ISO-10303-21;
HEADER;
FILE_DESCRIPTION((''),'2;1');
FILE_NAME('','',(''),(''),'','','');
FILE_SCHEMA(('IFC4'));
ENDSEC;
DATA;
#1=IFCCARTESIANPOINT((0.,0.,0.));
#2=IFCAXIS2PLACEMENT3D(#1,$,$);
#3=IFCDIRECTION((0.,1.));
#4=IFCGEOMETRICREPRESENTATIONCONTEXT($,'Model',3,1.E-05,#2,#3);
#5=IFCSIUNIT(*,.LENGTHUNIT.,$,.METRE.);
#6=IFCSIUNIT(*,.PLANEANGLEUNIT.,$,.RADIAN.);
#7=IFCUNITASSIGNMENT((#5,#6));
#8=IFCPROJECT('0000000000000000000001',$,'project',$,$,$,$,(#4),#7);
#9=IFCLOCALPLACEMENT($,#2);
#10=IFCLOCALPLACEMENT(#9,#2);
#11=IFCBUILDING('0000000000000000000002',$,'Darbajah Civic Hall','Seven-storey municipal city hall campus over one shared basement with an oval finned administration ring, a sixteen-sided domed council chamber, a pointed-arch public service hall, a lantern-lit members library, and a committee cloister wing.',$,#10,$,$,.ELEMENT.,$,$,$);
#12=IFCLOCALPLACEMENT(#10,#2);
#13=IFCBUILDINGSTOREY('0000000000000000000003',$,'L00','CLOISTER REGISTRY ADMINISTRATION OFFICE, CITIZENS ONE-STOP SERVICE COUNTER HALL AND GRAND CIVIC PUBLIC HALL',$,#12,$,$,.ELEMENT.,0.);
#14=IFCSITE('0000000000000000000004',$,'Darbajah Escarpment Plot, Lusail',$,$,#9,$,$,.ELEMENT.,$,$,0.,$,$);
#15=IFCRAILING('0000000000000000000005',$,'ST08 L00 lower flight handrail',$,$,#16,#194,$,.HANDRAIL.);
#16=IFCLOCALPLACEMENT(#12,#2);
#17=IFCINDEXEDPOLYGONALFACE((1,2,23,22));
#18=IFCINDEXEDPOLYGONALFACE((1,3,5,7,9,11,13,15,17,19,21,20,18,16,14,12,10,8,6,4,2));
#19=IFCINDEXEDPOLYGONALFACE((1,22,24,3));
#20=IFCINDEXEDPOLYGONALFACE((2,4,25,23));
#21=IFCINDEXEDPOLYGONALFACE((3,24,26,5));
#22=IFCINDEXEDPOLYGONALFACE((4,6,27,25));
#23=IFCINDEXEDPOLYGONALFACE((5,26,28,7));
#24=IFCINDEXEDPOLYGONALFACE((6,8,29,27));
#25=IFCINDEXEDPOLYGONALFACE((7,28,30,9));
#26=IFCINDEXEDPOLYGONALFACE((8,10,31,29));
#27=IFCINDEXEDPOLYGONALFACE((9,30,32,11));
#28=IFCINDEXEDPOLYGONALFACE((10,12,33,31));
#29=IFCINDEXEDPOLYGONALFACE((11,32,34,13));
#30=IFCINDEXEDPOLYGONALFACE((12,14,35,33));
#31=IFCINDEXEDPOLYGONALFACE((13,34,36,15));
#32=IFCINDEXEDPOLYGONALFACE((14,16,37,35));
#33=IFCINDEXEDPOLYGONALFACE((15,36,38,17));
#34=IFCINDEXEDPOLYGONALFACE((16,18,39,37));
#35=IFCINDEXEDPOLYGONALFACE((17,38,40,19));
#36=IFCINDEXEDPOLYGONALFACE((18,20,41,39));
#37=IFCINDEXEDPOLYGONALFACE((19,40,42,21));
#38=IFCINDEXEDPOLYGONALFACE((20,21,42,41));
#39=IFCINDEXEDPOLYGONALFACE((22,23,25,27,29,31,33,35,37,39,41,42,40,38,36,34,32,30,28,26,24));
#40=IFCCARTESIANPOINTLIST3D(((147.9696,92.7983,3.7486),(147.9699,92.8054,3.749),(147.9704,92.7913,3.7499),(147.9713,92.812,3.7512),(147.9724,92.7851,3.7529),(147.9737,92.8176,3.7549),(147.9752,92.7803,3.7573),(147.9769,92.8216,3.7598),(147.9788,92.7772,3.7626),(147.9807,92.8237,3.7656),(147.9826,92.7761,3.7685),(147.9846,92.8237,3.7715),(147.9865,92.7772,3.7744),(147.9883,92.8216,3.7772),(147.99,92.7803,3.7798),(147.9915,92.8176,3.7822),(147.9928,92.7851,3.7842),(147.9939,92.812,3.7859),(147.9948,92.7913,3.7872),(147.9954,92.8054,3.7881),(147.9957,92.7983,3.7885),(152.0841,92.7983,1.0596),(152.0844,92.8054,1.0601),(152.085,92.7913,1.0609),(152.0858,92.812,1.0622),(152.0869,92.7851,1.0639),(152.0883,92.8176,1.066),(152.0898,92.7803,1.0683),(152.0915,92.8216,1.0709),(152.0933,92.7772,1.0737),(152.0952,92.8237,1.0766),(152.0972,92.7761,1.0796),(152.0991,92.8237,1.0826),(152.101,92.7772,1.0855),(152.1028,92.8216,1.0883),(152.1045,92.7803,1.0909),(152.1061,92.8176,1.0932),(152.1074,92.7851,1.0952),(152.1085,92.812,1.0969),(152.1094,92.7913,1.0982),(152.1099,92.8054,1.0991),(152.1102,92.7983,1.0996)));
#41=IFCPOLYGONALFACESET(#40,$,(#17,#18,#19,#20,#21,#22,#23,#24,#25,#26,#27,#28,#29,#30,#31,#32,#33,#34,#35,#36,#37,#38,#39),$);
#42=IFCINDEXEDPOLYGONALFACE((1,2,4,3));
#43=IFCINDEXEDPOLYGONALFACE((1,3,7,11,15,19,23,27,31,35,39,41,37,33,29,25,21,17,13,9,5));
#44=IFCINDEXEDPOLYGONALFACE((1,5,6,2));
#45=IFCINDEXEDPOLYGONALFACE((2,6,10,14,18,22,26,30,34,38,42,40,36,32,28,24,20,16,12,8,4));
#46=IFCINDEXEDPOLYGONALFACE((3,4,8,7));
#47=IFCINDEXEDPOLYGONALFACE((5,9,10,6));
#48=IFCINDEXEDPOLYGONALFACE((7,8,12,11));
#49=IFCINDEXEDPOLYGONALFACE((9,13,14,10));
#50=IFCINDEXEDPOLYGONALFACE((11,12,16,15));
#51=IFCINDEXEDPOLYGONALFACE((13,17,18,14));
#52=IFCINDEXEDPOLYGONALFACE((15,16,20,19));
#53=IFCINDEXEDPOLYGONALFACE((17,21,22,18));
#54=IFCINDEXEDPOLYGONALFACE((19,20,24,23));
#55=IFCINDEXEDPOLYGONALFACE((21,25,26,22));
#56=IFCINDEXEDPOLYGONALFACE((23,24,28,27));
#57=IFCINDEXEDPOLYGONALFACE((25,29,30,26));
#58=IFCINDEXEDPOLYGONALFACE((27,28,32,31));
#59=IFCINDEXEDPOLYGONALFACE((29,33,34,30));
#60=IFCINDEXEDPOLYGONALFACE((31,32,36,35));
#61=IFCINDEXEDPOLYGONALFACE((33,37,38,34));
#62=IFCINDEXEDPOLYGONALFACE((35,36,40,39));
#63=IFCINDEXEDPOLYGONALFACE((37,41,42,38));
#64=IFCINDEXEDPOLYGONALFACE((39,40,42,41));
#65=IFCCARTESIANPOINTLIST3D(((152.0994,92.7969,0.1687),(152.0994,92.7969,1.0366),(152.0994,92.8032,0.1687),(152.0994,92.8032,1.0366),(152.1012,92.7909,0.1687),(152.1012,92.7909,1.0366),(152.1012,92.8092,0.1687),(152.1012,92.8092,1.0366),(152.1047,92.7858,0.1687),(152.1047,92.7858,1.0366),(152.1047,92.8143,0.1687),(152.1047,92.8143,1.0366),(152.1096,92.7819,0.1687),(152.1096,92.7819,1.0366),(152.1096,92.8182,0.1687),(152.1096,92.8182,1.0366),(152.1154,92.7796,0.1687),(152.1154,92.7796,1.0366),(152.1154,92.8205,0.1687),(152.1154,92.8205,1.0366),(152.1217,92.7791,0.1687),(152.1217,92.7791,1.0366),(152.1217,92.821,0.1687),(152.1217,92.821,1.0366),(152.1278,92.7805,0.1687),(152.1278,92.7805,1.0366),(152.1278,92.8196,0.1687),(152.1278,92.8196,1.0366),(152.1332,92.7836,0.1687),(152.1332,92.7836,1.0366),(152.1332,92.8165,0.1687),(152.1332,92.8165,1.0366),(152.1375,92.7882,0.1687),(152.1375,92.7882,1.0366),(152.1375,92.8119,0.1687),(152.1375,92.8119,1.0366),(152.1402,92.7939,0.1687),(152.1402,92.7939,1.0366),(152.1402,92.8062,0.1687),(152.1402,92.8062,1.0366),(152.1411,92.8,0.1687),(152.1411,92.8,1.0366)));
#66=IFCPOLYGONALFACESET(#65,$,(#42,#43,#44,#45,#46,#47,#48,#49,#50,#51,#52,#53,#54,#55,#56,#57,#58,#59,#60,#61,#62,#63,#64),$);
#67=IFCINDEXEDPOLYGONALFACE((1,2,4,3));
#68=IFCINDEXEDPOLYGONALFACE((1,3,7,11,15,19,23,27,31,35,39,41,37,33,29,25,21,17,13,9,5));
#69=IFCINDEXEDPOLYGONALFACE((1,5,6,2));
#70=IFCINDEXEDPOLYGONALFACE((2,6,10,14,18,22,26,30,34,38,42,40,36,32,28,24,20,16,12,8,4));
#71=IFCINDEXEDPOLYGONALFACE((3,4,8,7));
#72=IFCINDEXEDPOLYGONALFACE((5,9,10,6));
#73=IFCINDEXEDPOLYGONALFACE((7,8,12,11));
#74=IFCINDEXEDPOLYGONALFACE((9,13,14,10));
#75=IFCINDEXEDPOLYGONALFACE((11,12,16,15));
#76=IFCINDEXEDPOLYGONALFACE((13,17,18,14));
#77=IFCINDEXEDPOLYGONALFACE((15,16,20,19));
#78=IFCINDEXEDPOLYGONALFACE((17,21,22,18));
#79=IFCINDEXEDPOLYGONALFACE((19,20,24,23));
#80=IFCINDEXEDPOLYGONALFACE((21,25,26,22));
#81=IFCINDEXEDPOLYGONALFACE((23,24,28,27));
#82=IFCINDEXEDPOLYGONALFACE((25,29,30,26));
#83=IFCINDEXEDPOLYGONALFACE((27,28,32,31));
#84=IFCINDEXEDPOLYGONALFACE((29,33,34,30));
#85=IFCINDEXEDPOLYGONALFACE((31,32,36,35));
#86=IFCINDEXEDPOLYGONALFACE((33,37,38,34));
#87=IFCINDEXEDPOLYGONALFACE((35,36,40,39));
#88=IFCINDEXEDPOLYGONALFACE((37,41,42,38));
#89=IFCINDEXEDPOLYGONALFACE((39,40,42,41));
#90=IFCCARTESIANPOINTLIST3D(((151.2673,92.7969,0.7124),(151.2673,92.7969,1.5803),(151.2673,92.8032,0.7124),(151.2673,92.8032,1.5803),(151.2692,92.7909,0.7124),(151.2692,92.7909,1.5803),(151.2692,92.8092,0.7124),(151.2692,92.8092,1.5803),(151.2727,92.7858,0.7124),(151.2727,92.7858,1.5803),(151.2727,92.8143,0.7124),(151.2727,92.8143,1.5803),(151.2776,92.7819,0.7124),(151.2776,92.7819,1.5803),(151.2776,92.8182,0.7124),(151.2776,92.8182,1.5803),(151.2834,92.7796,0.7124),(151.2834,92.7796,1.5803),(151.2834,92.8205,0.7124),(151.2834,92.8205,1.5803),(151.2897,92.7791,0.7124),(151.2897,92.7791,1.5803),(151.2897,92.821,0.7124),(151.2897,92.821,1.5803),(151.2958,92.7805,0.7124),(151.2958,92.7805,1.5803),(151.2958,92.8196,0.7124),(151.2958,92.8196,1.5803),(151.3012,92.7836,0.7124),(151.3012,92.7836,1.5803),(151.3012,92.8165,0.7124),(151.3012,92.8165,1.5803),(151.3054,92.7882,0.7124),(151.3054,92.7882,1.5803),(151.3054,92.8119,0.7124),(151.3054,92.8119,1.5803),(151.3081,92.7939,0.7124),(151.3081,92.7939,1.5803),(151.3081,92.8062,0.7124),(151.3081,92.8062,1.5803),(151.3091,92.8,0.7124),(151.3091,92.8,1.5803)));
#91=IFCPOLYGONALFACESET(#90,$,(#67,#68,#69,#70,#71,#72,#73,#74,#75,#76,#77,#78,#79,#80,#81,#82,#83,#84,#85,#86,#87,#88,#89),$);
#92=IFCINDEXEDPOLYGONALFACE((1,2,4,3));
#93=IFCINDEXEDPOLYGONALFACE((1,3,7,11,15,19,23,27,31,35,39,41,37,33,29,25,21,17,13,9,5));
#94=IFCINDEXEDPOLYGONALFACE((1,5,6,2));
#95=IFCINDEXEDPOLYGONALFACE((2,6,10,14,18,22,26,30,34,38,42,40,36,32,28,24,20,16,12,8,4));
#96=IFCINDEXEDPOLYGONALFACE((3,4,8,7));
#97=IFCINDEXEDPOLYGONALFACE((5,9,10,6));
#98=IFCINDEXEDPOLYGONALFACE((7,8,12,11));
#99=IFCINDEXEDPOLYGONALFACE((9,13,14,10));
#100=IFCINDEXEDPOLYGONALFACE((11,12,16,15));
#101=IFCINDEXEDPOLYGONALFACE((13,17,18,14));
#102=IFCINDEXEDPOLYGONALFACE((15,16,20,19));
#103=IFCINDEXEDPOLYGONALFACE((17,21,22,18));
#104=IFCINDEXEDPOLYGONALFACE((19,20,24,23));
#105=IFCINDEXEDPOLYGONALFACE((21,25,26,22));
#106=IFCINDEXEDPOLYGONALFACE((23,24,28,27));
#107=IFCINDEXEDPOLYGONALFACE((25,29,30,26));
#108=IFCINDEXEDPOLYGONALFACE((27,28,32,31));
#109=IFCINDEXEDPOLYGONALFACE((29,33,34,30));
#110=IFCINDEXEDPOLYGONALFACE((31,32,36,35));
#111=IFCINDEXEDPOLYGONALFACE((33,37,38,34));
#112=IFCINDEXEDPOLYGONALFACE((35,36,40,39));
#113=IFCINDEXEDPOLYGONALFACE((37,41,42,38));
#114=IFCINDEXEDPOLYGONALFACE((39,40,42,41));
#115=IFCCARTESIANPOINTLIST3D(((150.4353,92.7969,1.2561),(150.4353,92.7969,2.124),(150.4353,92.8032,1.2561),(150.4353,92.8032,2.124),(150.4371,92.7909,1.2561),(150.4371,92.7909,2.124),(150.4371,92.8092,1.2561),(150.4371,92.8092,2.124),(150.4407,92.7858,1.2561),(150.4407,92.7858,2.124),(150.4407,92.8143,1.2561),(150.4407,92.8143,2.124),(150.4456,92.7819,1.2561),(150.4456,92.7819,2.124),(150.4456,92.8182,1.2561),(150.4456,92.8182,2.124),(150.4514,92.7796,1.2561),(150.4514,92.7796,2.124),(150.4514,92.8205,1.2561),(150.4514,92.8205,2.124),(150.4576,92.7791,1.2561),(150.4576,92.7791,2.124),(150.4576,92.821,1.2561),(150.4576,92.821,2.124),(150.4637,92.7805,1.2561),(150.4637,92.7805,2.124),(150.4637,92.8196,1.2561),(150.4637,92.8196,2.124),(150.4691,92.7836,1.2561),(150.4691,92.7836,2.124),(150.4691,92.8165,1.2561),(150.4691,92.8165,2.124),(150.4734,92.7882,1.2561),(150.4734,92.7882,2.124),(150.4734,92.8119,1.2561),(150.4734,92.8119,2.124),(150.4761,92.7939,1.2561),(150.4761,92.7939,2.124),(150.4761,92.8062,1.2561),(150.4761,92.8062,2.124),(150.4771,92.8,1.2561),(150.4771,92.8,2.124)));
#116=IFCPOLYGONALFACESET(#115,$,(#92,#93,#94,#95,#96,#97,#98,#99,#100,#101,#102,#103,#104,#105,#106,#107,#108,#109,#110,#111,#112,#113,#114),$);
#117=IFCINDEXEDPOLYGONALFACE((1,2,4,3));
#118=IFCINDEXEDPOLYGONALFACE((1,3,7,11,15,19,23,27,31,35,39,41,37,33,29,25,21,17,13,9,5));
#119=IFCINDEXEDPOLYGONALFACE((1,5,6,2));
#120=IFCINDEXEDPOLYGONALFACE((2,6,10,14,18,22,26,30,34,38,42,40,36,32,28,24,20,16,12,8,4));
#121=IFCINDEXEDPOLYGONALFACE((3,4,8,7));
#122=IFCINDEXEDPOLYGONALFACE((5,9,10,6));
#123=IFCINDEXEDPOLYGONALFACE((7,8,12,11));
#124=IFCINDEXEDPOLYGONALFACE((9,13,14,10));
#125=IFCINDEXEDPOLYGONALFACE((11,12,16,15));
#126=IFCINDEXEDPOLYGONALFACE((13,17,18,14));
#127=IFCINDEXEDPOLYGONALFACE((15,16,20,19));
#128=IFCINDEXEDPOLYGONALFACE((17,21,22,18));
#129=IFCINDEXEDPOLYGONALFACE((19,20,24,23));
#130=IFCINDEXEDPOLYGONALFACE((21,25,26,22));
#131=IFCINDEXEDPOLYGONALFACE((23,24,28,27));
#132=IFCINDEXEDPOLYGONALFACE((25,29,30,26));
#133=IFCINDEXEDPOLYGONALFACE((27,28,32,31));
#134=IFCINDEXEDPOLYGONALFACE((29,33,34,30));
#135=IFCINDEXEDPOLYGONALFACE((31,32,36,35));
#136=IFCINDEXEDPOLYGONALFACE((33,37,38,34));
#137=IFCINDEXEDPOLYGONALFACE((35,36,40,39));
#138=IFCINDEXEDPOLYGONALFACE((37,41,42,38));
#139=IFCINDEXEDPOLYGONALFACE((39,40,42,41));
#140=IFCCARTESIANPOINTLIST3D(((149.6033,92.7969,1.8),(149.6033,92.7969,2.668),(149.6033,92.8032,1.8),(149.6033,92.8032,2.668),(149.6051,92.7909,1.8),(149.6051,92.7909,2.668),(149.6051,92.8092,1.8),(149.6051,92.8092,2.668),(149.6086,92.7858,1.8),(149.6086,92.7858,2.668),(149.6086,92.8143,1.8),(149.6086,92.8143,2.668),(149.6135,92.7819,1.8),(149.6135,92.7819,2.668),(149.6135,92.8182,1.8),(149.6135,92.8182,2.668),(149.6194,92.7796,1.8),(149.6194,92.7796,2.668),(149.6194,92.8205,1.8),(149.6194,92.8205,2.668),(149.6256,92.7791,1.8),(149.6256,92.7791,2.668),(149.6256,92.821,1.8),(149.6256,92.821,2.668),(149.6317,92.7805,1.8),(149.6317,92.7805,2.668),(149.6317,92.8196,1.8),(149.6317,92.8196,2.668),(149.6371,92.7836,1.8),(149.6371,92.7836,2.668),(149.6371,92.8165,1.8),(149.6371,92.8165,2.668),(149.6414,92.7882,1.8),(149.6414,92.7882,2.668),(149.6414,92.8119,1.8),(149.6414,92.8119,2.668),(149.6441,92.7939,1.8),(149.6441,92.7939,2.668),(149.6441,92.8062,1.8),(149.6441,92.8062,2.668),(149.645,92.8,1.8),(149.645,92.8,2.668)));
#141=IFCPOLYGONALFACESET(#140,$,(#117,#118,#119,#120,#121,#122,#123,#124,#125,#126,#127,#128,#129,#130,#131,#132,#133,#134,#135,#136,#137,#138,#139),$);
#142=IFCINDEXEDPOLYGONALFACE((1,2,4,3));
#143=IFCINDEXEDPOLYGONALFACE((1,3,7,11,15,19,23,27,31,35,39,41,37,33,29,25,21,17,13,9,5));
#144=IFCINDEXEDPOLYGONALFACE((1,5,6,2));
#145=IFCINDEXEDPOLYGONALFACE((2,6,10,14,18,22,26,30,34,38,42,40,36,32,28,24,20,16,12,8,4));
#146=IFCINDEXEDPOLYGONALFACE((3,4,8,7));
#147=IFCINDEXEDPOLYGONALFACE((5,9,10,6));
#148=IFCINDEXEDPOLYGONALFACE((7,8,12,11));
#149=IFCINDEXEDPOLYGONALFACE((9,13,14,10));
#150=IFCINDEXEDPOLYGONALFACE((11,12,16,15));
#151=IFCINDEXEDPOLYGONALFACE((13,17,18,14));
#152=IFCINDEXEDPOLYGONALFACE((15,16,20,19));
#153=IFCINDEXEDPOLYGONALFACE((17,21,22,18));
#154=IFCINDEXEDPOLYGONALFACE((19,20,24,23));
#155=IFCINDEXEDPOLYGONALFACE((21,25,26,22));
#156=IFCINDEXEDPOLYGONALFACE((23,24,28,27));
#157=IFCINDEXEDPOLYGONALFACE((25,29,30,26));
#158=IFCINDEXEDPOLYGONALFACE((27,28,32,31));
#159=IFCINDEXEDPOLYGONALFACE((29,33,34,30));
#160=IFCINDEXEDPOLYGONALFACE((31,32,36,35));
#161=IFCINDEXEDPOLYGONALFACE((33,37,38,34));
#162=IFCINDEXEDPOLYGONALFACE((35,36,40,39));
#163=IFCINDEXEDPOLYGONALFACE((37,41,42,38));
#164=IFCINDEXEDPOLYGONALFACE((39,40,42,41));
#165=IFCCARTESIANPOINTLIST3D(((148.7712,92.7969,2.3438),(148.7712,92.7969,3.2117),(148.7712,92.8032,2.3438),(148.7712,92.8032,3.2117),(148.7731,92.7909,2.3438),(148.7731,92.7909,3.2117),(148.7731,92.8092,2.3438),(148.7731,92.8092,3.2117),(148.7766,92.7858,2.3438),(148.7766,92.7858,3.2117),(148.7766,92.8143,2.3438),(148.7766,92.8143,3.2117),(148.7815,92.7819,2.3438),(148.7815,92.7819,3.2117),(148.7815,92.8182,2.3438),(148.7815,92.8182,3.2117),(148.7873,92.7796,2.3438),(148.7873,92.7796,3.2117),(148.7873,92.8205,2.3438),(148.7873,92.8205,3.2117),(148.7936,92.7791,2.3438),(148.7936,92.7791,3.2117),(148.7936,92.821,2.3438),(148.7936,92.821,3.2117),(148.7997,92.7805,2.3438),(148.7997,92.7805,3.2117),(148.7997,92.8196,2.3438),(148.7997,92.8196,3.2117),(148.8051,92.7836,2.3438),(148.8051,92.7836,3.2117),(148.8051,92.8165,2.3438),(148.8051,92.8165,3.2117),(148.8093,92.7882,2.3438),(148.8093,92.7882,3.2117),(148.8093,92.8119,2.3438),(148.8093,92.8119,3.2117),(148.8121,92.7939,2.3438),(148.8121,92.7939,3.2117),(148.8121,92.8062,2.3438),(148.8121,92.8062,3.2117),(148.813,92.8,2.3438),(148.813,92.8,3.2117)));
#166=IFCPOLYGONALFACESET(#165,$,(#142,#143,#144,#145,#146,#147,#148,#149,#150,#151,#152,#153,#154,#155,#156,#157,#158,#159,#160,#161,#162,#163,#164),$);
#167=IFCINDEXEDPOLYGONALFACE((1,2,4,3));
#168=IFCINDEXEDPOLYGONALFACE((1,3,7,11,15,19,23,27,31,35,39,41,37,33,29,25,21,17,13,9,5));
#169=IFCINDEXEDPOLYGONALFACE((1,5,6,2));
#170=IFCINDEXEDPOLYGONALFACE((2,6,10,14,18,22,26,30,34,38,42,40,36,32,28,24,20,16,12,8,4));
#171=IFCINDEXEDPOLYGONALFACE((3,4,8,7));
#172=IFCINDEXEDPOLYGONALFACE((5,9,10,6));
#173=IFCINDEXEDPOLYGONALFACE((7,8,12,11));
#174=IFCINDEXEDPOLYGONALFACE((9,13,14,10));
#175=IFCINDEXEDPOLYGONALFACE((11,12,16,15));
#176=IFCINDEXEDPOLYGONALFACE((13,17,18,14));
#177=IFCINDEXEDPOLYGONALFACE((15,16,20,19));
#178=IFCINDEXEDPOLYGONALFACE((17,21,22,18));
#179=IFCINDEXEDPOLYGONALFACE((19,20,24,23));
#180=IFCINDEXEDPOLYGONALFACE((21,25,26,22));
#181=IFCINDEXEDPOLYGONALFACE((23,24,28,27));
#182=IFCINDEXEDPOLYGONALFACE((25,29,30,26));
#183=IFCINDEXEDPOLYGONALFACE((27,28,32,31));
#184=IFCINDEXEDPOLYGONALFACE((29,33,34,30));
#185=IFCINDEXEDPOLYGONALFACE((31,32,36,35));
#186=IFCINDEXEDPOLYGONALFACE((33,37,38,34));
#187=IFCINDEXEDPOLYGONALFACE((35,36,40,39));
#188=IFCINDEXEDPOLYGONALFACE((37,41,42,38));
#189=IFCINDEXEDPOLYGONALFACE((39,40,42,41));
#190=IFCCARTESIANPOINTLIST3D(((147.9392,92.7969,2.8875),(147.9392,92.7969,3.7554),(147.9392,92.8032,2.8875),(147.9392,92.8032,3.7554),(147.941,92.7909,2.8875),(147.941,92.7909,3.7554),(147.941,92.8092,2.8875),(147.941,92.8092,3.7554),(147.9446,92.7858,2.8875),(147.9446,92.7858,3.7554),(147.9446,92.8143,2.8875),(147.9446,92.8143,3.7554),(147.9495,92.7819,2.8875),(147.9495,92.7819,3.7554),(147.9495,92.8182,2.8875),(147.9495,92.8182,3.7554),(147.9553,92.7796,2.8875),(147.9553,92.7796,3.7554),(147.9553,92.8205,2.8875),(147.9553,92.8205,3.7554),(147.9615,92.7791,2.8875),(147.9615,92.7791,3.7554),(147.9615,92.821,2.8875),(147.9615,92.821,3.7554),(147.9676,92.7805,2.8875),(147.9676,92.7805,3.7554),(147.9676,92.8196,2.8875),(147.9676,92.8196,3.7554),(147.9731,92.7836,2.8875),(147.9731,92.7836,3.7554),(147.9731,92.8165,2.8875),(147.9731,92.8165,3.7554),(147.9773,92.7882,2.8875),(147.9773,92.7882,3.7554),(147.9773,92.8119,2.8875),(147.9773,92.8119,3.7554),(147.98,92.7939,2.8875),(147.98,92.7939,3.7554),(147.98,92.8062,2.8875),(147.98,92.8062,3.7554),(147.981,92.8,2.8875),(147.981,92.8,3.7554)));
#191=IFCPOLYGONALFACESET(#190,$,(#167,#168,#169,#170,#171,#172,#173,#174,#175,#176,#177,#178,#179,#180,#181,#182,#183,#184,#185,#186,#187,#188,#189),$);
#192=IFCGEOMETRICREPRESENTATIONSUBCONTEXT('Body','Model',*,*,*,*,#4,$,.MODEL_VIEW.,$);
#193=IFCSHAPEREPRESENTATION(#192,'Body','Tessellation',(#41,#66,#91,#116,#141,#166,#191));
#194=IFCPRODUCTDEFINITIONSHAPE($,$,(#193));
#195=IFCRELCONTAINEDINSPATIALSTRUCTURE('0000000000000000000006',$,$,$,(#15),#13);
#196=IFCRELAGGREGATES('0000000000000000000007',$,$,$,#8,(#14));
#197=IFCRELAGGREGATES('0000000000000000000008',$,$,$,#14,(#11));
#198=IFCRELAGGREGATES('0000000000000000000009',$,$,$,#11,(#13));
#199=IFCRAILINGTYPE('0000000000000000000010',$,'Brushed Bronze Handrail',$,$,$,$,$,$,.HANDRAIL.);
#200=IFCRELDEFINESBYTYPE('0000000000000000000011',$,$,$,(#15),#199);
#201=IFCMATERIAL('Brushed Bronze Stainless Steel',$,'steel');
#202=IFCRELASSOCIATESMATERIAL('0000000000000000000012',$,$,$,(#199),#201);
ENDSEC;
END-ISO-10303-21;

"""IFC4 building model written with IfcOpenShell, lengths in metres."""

from ifc_helpers import new_model, si_unit, direction, frame, origin, origin_2d, place, context, subcontext, project, spatial, circle, extrude, material, type_object, element, save


model = new_model("IFC4")

# Units and contexts
model_context = context("Model", 3, precision=1e-05, world=origin(), true_north=direction((0.0, 1.0)))
body_context = subcontext(model_context, "Body", "Model", "MODEL_VIEW")
ifc_project = project(units=[si_unit("LENGTHUNIT", "METRE"), si_unit("PLANEANGLEUNIT", "RADIAN")], contexts=[model_context])

# Site, building, storey
site_placement = place(None, origin())
site = spatial("IfcSite", under=ifc_project, at=site_placement, Name="Darbajah Escarpment Plot, Lusail", CompositionType="ELEMENT", RefElevation=0.0)
building_placement = place(site_placement, origin())
building = spatial("IfcBuilding", under=site, at=building_placement, Name="Darbajah Civic Hall", Description="Seven-storey municipal city hall campus over one shared basement with an oval finned administration ring, a sixteen-sided domed council chamber, a pointed-arch public service hall, a lantern-lit members library, and a committee cloister wing.", CompositionType="ELEMENT")
storey_placement = place(building_placement, origin())
storey = spatial("IfcBuildingStorey", under=building, at=storey_placement, Name="L00", Description="CLOISTER REGISTRY ADMINISTRATION OFFICE, CITIZENS ONE-STOP SERVICE COUNTER HALL AND GRAND CIVIC PUBLIC HALL", CompositionType="ELEMENT", Elevation=0.0)

# Railing
ifc_material_1 = material(Name="Brushed Bronze Stainless Steel", Category="steel")
railing_type_1 = type_object("IfcRailingType", Name="Brushed Bronze Handrail", PredefinedType="HANDRAIL", material=ifc_material_1)
railing_1_placement = place(storey_placement, frame((152.1201, 92.8, 0.1687)))
element("IfcRailing", 1, at=railing_1_placement, inside=storey, type_object=railing_type_1, Name="ST08 L00 lower flight handrail", PredefinedType="HANDRAIL", context=body_context, shape_type="SweptSolid", body=[
    extrude(circle(Radius=0.0239, at=origin_2d()), frame((-0.0229, 0.0, 0.9109), z_axis=(-0.837094, 0.0, 0.547059), x_axis=(0.0, -1.0, 0.0)), (0.0, 0.0, 1.0), 4.9153),
    extrude(circle(Radius=0.021, at=origin_2d()), origin(), (0.0, 0.0, 1.0), 0.8679),
    extrude(circle(Radius=0.021, at=origin_2d()), frame((-0.832, 0.0, 0.5437)), (0.0, 0.0, 1.0), 0.8679),
    extrude(circle(Radius=0.021, at=origin_2d()), frame((-1.6641, 0.0, 1.0874)), (0.0, 0.0, 1.0), 0.8679),
    extrude(circle(Radius=0.021, at=origin_2d()), frame((-2.4961, 0.0, 1.6313)), (0.0, 0.0, 1.0), 0.8679),
    extrude(circle(Radius=0.021, at=origin_2d()), frame((-3.3281, 0.0, 2.175)), (0.0, 0.0, 1.0), 0.8679),
    extrude(circle(Radius=0.021, at=origin_2d()), frame((-4.1602, 0.0, 2.7188)), (0.0, 0.0, 1.0), 0.8679),
])

save(model, "model.ifc")
